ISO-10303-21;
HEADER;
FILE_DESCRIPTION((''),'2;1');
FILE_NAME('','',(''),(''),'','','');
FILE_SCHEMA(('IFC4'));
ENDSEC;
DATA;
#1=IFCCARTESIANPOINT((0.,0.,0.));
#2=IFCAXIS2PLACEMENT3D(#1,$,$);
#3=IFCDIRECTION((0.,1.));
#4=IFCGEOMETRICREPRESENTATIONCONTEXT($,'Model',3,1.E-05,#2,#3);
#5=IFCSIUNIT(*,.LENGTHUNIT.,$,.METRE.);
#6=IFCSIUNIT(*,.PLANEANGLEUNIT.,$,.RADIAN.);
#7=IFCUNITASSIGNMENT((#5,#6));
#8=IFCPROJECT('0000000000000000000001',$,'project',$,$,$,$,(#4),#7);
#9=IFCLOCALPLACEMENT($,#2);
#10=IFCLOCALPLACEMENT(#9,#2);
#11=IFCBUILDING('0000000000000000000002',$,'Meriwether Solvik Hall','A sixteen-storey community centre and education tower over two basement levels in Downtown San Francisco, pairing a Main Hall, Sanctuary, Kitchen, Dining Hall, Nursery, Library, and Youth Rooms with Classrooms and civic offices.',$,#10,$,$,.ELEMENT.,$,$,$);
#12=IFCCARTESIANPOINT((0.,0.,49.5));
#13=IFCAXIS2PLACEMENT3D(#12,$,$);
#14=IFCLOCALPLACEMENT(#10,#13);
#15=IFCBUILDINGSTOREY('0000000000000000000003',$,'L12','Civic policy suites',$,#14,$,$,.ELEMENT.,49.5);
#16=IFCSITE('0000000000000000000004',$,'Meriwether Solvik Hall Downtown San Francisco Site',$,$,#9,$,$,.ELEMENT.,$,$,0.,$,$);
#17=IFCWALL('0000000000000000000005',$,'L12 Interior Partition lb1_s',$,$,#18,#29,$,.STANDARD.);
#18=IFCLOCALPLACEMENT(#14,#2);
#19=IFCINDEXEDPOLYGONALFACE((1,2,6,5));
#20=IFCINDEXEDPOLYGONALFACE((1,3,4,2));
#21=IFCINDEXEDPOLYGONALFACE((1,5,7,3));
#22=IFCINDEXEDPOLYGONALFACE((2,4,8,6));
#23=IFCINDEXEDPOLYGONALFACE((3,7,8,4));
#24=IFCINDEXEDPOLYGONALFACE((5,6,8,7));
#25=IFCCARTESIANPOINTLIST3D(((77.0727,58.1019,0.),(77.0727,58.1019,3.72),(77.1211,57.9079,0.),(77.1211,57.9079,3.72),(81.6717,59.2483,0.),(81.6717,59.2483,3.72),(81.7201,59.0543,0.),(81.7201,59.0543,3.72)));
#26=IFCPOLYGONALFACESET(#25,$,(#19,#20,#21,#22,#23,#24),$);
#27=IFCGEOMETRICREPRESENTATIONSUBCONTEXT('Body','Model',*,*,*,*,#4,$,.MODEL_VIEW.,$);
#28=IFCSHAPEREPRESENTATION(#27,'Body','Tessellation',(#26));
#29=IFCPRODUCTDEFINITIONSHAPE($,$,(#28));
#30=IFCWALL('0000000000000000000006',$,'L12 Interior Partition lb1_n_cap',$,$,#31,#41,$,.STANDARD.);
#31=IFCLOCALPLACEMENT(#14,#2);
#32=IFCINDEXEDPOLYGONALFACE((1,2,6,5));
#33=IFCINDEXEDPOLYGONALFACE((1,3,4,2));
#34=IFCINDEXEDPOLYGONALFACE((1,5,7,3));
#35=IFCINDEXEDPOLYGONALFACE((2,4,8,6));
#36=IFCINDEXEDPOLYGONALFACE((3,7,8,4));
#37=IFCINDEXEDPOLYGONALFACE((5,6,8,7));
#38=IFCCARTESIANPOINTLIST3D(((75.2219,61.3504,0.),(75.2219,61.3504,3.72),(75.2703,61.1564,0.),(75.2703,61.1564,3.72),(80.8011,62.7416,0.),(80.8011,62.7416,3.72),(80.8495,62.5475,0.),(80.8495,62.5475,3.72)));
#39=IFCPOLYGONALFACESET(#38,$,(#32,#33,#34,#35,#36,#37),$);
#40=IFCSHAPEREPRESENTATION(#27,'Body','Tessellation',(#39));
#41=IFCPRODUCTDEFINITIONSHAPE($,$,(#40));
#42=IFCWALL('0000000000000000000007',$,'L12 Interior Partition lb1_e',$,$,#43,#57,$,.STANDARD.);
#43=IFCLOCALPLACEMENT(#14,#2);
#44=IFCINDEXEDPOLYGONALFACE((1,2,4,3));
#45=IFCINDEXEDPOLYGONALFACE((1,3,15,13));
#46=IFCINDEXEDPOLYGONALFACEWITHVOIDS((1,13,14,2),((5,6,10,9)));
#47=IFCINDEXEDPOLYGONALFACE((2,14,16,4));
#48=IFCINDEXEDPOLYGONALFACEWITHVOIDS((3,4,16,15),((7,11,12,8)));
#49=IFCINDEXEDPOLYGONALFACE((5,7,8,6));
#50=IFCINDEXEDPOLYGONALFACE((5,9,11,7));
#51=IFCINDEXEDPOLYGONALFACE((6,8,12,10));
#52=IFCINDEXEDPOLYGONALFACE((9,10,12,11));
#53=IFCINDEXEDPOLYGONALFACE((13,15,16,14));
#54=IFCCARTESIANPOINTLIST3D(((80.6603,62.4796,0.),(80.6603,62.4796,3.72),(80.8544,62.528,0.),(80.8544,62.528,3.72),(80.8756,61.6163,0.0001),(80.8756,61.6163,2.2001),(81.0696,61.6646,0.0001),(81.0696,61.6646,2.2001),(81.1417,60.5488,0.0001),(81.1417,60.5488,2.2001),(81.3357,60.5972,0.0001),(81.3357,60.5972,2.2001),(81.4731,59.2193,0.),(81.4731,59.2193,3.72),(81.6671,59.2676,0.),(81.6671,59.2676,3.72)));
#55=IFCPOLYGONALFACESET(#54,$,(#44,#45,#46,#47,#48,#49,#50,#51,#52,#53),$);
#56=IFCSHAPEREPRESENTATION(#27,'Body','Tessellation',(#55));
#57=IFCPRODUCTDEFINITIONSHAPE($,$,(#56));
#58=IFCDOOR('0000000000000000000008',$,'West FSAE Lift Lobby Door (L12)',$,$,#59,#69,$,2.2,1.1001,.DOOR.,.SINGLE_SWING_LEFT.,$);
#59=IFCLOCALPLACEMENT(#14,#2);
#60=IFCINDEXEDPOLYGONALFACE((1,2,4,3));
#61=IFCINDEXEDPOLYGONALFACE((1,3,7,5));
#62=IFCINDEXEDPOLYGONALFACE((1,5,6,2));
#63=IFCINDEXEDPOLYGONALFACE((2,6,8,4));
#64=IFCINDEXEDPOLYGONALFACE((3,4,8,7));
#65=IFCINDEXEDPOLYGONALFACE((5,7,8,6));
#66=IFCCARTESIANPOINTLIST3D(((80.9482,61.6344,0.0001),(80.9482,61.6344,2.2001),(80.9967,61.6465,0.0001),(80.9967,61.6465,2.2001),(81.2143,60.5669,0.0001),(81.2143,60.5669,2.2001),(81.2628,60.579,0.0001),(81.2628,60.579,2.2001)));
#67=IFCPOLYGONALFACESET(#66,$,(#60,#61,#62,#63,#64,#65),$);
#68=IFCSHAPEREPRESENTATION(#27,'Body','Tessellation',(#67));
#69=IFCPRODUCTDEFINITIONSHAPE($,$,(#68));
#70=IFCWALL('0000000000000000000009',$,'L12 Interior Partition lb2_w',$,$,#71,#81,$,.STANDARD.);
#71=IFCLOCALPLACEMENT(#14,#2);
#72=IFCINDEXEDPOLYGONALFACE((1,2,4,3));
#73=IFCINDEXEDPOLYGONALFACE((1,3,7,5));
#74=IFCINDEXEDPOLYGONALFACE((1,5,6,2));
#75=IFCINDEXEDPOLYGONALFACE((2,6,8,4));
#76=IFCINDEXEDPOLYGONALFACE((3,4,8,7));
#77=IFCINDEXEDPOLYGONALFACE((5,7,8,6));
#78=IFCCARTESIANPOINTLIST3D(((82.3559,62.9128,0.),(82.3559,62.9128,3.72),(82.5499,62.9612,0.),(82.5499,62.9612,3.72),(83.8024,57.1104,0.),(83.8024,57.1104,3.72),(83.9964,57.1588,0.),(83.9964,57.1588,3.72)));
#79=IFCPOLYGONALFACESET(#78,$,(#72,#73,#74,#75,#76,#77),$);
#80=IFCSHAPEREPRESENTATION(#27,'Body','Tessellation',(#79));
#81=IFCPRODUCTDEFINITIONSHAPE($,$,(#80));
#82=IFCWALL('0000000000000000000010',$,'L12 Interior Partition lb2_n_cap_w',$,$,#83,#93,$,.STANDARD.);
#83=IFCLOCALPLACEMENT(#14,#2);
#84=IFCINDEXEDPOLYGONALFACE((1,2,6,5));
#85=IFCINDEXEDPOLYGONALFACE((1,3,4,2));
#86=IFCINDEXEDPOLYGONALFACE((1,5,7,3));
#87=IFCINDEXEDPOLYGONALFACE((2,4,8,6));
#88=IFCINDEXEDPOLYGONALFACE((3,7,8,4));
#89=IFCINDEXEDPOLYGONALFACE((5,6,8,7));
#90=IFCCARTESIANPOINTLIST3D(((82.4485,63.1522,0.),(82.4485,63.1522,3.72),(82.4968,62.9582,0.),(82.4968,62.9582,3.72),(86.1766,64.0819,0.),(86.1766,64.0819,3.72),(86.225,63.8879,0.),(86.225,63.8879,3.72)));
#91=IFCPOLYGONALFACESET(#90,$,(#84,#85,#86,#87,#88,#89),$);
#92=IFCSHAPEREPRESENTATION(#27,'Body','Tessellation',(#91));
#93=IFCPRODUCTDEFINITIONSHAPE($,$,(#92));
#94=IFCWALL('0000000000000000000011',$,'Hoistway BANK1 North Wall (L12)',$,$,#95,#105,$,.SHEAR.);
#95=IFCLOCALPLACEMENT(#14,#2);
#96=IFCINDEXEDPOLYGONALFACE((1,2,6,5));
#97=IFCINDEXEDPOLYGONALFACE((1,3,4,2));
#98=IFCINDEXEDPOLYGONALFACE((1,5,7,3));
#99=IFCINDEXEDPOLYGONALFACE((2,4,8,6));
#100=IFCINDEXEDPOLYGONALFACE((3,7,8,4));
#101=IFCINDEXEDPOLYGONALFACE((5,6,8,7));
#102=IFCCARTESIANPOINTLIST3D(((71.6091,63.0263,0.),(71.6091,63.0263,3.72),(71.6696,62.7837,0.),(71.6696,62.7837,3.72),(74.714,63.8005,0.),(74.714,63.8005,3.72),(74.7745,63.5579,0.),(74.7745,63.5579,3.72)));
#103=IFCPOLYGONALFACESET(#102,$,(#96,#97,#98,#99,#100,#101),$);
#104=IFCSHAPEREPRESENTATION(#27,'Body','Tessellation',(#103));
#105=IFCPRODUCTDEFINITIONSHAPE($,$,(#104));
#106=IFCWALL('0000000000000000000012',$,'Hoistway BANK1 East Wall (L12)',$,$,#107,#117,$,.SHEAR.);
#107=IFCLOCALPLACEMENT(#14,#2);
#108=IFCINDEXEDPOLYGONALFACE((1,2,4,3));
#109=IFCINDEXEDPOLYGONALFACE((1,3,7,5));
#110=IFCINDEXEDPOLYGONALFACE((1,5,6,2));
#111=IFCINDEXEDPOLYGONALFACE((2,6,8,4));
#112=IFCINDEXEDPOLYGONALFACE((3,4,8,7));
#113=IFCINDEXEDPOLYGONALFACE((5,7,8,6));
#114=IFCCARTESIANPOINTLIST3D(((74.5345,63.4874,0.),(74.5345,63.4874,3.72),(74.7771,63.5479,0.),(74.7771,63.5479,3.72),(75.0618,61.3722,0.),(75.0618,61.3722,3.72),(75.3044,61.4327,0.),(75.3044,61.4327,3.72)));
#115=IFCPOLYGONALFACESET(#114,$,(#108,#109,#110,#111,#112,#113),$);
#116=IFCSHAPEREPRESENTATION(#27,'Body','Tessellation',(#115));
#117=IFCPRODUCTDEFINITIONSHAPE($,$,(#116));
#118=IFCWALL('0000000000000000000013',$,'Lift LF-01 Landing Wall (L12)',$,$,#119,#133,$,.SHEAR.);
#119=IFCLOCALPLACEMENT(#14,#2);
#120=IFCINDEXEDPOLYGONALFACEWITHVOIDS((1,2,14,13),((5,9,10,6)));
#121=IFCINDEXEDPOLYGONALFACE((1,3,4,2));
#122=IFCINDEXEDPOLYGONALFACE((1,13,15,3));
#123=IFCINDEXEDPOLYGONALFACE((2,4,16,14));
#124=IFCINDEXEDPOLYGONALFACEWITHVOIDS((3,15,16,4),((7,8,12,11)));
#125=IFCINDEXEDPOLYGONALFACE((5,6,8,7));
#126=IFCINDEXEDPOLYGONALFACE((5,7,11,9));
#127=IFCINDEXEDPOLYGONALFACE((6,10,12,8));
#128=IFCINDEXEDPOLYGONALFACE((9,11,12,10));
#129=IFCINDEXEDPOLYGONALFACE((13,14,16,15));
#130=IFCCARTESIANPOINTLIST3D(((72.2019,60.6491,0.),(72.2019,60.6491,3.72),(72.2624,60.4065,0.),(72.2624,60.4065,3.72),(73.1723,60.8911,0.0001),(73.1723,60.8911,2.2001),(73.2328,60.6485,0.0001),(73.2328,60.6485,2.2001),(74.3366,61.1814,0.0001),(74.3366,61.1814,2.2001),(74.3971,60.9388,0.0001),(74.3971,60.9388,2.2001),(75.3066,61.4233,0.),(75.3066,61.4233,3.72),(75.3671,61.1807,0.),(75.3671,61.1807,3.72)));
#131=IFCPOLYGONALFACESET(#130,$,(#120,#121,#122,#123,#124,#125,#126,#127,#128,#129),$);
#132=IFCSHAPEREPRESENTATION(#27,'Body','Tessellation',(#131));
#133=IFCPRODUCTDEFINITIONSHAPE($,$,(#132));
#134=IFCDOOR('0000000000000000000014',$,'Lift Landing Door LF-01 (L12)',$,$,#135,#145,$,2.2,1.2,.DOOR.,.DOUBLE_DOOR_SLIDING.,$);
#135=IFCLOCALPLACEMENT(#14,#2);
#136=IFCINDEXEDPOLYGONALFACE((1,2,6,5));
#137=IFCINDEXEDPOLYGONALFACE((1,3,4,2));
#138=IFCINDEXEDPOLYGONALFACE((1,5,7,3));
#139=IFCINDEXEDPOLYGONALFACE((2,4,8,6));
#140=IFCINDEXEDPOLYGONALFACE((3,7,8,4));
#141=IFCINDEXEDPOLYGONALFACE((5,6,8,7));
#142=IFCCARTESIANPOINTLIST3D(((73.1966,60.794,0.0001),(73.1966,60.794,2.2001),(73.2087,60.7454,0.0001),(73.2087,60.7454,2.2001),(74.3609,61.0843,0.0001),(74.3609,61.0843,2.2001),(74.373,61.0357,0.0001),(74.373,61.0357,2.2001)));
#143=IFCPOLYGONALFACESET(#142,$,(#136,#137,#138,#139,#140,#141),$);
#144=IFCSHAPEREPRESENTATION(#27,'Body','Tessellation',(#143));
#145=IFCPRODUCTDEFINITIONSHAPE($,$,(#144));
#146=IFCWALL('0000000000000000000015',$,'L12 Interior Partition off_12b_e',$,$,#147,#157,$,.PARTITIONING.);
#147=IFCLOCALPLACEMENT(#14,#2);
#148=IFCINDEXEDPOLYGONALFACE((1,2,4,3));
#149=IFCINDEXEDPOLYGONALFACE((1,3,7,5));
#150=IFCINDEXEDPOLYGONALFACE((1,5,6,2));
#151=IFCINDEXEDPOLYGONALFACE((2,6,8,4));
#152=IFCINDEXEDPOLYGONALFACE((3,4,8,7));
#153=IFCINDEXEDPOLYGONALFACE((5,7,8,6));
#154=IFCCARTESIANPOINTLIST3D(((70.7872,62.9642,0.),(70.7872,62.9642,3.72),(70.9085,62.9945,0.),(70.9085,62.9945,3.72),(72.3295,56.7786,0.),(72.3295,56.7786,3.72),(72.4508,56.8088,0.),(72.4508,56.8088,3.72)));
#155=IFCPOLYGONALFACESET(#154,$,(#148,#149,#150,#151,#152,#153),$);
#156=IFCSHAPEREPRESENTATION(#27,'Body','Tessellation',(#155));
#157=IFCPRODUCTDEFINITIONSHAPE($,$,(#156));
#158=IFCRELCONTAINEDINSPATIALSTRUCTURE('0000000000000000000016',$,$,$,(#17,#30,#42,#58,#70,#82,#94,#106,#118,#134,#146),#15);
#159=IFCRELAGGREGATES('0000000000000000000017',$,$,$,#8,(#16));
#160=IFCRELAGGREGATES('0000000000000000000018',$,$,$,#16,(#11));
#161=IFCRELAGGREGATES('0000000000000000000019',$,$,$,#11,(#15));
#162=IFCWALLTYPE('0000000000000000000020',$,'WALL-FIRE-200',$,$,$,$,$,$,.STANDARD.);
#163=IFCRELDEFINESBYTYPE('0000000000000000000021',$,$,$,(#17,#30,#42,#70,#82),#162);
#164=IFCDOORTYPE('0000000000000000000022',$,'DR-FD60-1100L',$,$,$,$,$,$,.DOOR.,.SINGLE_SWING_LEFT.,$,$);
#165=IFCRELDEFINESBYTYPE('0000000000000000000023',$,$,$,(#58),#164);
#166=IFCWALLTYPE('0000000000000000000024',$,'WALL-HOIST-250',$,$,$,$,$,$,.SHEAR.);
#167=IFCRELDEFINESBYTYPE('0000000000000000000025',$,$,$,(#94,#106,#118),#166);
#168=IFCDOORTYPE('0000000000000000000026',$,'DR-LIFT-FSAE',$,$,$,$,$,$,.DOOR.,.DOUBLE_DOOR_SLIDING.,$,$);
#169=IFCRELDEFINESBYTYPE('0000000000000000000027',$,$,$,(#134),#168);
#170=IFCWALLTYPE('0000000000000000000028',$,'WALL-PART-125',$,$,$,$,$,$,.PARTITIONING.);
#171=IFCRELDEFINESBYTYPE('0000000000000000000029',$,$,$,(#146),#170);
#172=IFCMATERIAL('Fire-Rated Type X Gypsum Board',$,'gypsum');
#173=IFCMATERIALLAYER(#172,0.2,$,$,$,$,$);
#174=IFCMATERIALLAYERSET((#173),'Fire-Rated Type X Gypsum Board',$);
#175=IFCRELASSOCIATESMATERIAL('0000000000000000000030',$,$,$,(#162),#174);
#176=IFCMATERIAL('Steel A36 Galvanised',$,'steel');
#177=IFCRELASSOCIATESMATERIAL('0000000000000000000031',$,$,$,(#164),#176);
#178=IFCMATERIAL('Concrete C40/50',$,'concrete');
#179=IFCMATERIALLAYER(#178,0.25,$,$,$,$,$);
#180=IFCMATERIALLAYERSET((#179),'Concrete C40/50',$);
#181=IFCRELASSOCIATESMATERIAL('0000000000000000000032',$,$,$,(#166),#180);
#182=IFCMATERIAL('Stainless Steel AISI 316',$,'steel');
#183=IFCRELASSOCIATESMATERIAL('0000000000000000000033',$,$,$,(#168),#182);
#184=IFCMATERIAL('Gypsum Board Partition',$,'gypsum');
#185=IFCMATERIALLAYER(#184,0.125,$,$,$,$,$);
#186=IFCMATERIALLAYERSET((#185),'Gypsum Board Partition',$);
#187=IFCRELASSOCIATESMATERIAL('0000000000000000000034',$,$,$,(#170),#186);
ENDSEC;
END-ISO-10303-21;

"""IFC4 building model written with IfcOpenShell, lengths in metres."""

from ifc_helpers import new_model, si_unit, direction, frame, frame_2d, origin, place, context, subcontext, project, spatial, rectangle, extrude, material, layer, layer_set, type_object, element, fill, save


model = new_model("IFC4")

# Units and contexts
model_context = context("Model", 3, precision=1e-05, world=origin(), true_north=direction((0.0, 1.0)))
body_context = subcontext(model_context, "Body", "Model", "MODEL_VIEW")
ifc_project = project(units=[si_unit("LENGTHUNIT", "METRE"), si_unit("PLANEANGLEUNIT", "RADIAN")], contexts=[model_context])

# Site, building, storey
site_placement = place(None, origin())
site = spatial("IfcSite", under=ifc_project, at=site_placement, Name="Meriwether Solvik Hall Downtown San Francisco Site", CompositionType="ELEMENT", RefElevation=0.0)
building_placement = place(site_placement, origin())
building = spatial("IfcBuilding", under=site, at=building_placement, Name="Meriwether Solvik Hall", Description="A sixteen-storey community centre and education tower over two basement levels in Downtown San Francisco, pairing a Main Hall, Sanctuary, Kitchen, Dining Hall, Nursery, Library, and Youth Rooms with Classrooms and civic offices.", CompositionType="ELEMENT")
storey_placement = place(building_placement, frame((0.0, 0.0, 49.5)))
storey = spatial("IfcBuildingStorey", under=building, at=storey_placement, Name="L12", Description="Civic policy suites", CompositionType="ELEMENT", Elevation=49.5)

# Walls
ifc_material_1 = material(Name="Fire-Rated Type X Gypsum Board", Category="gypsum")
ifc_layer_1 = layer(ifc_material_1, 0.2)
ifc_layer_set_1 = layer_set([ifc_layer_1], Name="Fire-Rated Type X Gypsum Board")
wall_type_1 = type_object("IfcWallType", Name="WALL-FIRE-200", PredefinedType="STANDARD", material=ifc_layer_set_1)
wall_1_placement = place(storey_placement, frame((77.0969, 58.0049, 0.0), z_axis=(0.0, 0.0, 1.0), x_axis=(0.970306, 0.241881, 0.0)))
element("IfcWall", 1, at=wall_1_placement, inside=storey, type_object=wall_type_1, Name="L12 Interior Partition lb1_s", PredefinedType="STANDARD", context=body_context, shape_type="SweptSolid", body=[
    extrude(rectangle(XDim=4.7397, YDim=0.2, at=frame_2d((2.3699, 0.0))), origin(), (0.0, 0.0, 1.0), 3.72),
])
wall_2_placement = place(storey_placement, frame((75.2461, 61.2534, 0.0), z_axis=(0.0, 0.0, 1.0), x_axis=(0.970292, 0.241936, 0.0)))
element("IfcWall", 2, at=wall_2_placement, inside=storey, type_object=wall_type_1, Name="L12 Interior Partition lb1_n_cap", PredefinedType="STANDARD", context=body_context, shape_type="SweptSolid", body=[
    extrude(rectangle(XDim=5.75, YDim=0.2, at=frame_2d((2.875, 0.0))), origin(), (0.0, 0.0, 1.0), 3.72),
])

# Wall, opening, door
wall_3_placement = place(storey_placement, frame((80.7573, 62.5039, 0.0), z_axis=(0.0, 0.0, 1.0), x_axis=(0.241886, -0.970305, 0.0)))
wall_3 = element("IfcWall", 3, at=wall_3_placement, inside=storey, type_object=wall_type_1, Name="L12 Interior Partition lb1_e", PredefinedType="STANDARD", context=body_context, shape_type="SweptSolid", body=[
    extrude(rectangle(XDim=3.3601, YDim=0.2, at=frame_2d((1.6802, 0.0))), origin(), (0.0, 0.0, 1.0), 3.72),
])
opening_1_placement = place(wall_3_placement, frame((0.8899, 0.0, 0.0)))
opening_1 = element("IfcOpeningElement", 4, at=opening_1_placement, cuts=wall_3, PredefinedType="OPENING", context=body_context, shape_type="SweptSolid", body=[
    extrude(rectangle(XDim=1.1001, YDim=2.2, at=frame_2d((0.55, 1.1001))), frame((0.0, 0.1118, 0.0), z_axis=(0.0, -1.0, 0.0), x_axis=(1.0, 0.0, 0.0)), (0.0, 0.0, 1.0), 0.2239),
])
ifc_material_2 = material(Name="Steel A36 Galvanised", Category="steel")
door_type_1 = type_object("IfcDoorType", Name="DR-FD60-1100L", OperationType="SINGLE_SWING_LEFT", PredefinedType="DOOR", material=ifc_material_2)
door_1_placement = place(opening_1_placement, origin())
door_1 = element("IfcDoor", 5, at=door_1_placement, inside=storey, type_object=door_type_1, Name="West FSAE Lift Lobby Door (L12)", OperationType="SINGLE_SWING_LEFT", OverallHeight=2.2, OverallWidth=1.1001, PredefinedType="DOOR", context=body_context, shape_type="SweptSolid", body=[
    extrude(rectangle(XDim=1.1001, YDim=2.2, at=frame_2d((0.55, 1.1001))), frame((0.0, 0.0249, 0.0), z_axis=(0.0, -1.0, 0.0), x_axis=(1.0, 0.0, 0.0)), (0.0, 0.0, 1.0), 0.05),
])
fill(opening_1, door_1)

# Walls
wall_4_placement = place(storey_placement, frame((82.4529, 62.937, 0.0), z_axis=(0.0, 0.0, 1.0), x_axis=(0.241892, -0.970303, 0.0)))
element("IfcWall", 6, at=wall_4_placement, inside=storey, type_object=wall_type_1, Name="L12 Interior Partition lb2_w", PredefinedType="STANDARD", context=body_context, shape_type="SweptSolid", body=[
    extrude(rectangle(XDim=5.98, YDim=0.2, at=frame_2d((2.99, 0.0))), origin(), (0.0, 0.0, 1.0), 3.72),
])
wall_5_placement = place(storey_placement, frame((82.4727, 63.0552, 0.0), z_axis=(0.0, 0.0, 1.0), x_axis=(0.970284, 0.241967, 0.0)))
element("IfcWall", 7, at=wall_5_placement, inside=storey, type_object=wall_type_1, Name="L12 Interior Partition lb2_n_cap_w", PredefinedType="STANDARD", context=body_context, shape_type="SweptSolid", body=[
    extrude(rectangle(XDim=3.8423, YDim=0.2, at=frame_2d((1.9211, 0.0))), origin(), (0.0, 0.0, 1.0), 3.72),
])
ifc_material_3 = material(Name="Concrete C40/50", Category="concrete")
ifc_layer_2 = layer(ifc_material_3, 0.25)
ifc_layer_set_2 = layer_set([ifc_layer_2], Name="Concrete C40/50")
wall_type_2 = type_object("IfcWallType", Name="WALL-HOIST-250", PredefinedType="SHEAR", material=ifc_layer_set_2)
wall_6_placement = place(storey_placement, frame((74.7444, 63.6792, 0.0), z_axis=(0.0, 0.0, 1.0), x_axis=(-0.970295, -0.241925, 0.0)))
element("IfcWall", 8, at=wall_6_placement, inside=storey, type_object=wall_type_2, Name="Hoistway BANK1 North Wall (L12)", PredefinedType="SHEAR", context=body_context, shape_type="SweptSolid", body=[
    extrude(rectangle(XDim=3.2, YDim=0.25, at=frame_2d((1.6001, 0.0))), origin(), (0.0, 0.0, 1.0), 3.72),
])
wall_7_placement = place(storey_placement, frame((75.1831, 61.4026, 0.0), z_axis=(0.0, 0.0, 1.0), x_axis=(-0.241903, 0.9703, 0.0)))
element("IfcWall", 9, at=wall_7_placement, inside=storey, type_object=wall_type_2, Name="Hoistway BANK1 East Wall (L12)", PredefinedType="SHEAR", context=body_context, shape_type="SweptSolid", body=[
    extrude(rectangle(XDim=2.1799, YDim=0.25, at=frame_2d((1.0898, 0.0))), origin(), (0.0, 0.0, 1.0), 3.72),
])

# Wall, opening, door
wall_8_placement = place(storey_placement, frame((72.2322, 60.5278, 0.0), z_axis=(0.0, 0.0, 1.0), x_axis=(0.97029, 0.241943, 0.0)))
wall_8 = element("IfcWall", 10, at=wall_8_placement, inside=storey, type_object=wall_type_2, Name="Lift LF-01 Landing Wall (L12)", PredefinedType="SHEAR", context=body_context, shape_type="SweptSolid", body=[
    extrude(rectangle(XDim=3.1997, YDim=0.25, at=frame_2d((1.5999, 0.0))), origin(), (0.0, 0.0, 1.0), 3.72),
])
opening_2_placement = place(wall_8_placement, frame((1.0, 0.0, 0.0)))
opening_2 = element("IfcOpeningElement", 11, at=opening_2_placement, cuts=wall_8, PredefinedType="OPENING", context=body_context, shape_type="SweptSolid", body=[
    extrude(rectangle(XDim=1.2, YDim=2.2, at=frame_2d((0.6001, 1.1001))), frame((0.0, 0.137, 0.0), z_axis=(0.0, -1.0, 0.0), x_axis=(1.0, 0.0, 0.0)), (0.0, 0.0, 1.0), 0.2739),
])
ifc_material_4 = material(Name="Stainless Steel AISI 316", Category="steel")
door_type_2 = type_object("IfcDoorType", Name="DR-LIFT-FSAE", OperationType="DOUBLE_DOOR_SLIDING", PredefinedType="DOOR", material=ifc_material_4)
door_2_placement = place(opening_2_placement, origin())
door_2 = element("IfcDoor", 12, at=door_2_placement, inside=storey, type_object=door_type_2, Name="Lift Landing Door LF-01 (L12)", OperationType="DOUBLE_DOOR_SLIDING", OverallHeight=2.2, OverallWidth=1.2, PredefinedType="DOOR", context=body_context, shape_type="SweptSolid", body=[
    extrude(rectangle(XDim=1.2, YDim=2.2, at=frame_2d((0.6001, 1.1001))), frame((0.0, 0.0249, 0.0), z_axis=(0.0, -1.0, 0.0), x_axis=(1.0, 0.0, 0.0)), (0.0, 0.0, 1.0), 0.05),
])
fill(opening_2, door_2)

# Wall
ifc_material_5 = material(Name="Gypsum Board Partition", Category="gypsum")
ifc_layer_3 = layer(ifc_material_5, 0.125)
ifc_layer_set_3 = layer_set([ifc_layer_3], Name="Gypsum Board Partition")
wall_type_3 = type_object("IfcWallType", Name="WALL-PART-125", PredefinedType="PARTITIONING", material=ifc_layer_set_3)
wall_9_placement = place(storey_placement, frame((72.3901, 56.7937, 0.0), z_axis=(0.0, 0.0, 1.0), x_axis=(-0.241923, 0.970295, 0.0)))
element("IfcWall", 13, at=wall_9_placement, inside=storey, type_object=wall_type_3, Name="L12 Interior Partition off_12b_e", PredefinedType="PARTITIONING", context=body_context, shape_type="SweptSolid", body=[
    extrude(rectangle(XDim=6.375, YDim=0.125, at=frame_2d((3.1875, 0.0))), origin(), (0.0, 0.0, 1.0), 3.72),
])

save(model, "model.ifc")
